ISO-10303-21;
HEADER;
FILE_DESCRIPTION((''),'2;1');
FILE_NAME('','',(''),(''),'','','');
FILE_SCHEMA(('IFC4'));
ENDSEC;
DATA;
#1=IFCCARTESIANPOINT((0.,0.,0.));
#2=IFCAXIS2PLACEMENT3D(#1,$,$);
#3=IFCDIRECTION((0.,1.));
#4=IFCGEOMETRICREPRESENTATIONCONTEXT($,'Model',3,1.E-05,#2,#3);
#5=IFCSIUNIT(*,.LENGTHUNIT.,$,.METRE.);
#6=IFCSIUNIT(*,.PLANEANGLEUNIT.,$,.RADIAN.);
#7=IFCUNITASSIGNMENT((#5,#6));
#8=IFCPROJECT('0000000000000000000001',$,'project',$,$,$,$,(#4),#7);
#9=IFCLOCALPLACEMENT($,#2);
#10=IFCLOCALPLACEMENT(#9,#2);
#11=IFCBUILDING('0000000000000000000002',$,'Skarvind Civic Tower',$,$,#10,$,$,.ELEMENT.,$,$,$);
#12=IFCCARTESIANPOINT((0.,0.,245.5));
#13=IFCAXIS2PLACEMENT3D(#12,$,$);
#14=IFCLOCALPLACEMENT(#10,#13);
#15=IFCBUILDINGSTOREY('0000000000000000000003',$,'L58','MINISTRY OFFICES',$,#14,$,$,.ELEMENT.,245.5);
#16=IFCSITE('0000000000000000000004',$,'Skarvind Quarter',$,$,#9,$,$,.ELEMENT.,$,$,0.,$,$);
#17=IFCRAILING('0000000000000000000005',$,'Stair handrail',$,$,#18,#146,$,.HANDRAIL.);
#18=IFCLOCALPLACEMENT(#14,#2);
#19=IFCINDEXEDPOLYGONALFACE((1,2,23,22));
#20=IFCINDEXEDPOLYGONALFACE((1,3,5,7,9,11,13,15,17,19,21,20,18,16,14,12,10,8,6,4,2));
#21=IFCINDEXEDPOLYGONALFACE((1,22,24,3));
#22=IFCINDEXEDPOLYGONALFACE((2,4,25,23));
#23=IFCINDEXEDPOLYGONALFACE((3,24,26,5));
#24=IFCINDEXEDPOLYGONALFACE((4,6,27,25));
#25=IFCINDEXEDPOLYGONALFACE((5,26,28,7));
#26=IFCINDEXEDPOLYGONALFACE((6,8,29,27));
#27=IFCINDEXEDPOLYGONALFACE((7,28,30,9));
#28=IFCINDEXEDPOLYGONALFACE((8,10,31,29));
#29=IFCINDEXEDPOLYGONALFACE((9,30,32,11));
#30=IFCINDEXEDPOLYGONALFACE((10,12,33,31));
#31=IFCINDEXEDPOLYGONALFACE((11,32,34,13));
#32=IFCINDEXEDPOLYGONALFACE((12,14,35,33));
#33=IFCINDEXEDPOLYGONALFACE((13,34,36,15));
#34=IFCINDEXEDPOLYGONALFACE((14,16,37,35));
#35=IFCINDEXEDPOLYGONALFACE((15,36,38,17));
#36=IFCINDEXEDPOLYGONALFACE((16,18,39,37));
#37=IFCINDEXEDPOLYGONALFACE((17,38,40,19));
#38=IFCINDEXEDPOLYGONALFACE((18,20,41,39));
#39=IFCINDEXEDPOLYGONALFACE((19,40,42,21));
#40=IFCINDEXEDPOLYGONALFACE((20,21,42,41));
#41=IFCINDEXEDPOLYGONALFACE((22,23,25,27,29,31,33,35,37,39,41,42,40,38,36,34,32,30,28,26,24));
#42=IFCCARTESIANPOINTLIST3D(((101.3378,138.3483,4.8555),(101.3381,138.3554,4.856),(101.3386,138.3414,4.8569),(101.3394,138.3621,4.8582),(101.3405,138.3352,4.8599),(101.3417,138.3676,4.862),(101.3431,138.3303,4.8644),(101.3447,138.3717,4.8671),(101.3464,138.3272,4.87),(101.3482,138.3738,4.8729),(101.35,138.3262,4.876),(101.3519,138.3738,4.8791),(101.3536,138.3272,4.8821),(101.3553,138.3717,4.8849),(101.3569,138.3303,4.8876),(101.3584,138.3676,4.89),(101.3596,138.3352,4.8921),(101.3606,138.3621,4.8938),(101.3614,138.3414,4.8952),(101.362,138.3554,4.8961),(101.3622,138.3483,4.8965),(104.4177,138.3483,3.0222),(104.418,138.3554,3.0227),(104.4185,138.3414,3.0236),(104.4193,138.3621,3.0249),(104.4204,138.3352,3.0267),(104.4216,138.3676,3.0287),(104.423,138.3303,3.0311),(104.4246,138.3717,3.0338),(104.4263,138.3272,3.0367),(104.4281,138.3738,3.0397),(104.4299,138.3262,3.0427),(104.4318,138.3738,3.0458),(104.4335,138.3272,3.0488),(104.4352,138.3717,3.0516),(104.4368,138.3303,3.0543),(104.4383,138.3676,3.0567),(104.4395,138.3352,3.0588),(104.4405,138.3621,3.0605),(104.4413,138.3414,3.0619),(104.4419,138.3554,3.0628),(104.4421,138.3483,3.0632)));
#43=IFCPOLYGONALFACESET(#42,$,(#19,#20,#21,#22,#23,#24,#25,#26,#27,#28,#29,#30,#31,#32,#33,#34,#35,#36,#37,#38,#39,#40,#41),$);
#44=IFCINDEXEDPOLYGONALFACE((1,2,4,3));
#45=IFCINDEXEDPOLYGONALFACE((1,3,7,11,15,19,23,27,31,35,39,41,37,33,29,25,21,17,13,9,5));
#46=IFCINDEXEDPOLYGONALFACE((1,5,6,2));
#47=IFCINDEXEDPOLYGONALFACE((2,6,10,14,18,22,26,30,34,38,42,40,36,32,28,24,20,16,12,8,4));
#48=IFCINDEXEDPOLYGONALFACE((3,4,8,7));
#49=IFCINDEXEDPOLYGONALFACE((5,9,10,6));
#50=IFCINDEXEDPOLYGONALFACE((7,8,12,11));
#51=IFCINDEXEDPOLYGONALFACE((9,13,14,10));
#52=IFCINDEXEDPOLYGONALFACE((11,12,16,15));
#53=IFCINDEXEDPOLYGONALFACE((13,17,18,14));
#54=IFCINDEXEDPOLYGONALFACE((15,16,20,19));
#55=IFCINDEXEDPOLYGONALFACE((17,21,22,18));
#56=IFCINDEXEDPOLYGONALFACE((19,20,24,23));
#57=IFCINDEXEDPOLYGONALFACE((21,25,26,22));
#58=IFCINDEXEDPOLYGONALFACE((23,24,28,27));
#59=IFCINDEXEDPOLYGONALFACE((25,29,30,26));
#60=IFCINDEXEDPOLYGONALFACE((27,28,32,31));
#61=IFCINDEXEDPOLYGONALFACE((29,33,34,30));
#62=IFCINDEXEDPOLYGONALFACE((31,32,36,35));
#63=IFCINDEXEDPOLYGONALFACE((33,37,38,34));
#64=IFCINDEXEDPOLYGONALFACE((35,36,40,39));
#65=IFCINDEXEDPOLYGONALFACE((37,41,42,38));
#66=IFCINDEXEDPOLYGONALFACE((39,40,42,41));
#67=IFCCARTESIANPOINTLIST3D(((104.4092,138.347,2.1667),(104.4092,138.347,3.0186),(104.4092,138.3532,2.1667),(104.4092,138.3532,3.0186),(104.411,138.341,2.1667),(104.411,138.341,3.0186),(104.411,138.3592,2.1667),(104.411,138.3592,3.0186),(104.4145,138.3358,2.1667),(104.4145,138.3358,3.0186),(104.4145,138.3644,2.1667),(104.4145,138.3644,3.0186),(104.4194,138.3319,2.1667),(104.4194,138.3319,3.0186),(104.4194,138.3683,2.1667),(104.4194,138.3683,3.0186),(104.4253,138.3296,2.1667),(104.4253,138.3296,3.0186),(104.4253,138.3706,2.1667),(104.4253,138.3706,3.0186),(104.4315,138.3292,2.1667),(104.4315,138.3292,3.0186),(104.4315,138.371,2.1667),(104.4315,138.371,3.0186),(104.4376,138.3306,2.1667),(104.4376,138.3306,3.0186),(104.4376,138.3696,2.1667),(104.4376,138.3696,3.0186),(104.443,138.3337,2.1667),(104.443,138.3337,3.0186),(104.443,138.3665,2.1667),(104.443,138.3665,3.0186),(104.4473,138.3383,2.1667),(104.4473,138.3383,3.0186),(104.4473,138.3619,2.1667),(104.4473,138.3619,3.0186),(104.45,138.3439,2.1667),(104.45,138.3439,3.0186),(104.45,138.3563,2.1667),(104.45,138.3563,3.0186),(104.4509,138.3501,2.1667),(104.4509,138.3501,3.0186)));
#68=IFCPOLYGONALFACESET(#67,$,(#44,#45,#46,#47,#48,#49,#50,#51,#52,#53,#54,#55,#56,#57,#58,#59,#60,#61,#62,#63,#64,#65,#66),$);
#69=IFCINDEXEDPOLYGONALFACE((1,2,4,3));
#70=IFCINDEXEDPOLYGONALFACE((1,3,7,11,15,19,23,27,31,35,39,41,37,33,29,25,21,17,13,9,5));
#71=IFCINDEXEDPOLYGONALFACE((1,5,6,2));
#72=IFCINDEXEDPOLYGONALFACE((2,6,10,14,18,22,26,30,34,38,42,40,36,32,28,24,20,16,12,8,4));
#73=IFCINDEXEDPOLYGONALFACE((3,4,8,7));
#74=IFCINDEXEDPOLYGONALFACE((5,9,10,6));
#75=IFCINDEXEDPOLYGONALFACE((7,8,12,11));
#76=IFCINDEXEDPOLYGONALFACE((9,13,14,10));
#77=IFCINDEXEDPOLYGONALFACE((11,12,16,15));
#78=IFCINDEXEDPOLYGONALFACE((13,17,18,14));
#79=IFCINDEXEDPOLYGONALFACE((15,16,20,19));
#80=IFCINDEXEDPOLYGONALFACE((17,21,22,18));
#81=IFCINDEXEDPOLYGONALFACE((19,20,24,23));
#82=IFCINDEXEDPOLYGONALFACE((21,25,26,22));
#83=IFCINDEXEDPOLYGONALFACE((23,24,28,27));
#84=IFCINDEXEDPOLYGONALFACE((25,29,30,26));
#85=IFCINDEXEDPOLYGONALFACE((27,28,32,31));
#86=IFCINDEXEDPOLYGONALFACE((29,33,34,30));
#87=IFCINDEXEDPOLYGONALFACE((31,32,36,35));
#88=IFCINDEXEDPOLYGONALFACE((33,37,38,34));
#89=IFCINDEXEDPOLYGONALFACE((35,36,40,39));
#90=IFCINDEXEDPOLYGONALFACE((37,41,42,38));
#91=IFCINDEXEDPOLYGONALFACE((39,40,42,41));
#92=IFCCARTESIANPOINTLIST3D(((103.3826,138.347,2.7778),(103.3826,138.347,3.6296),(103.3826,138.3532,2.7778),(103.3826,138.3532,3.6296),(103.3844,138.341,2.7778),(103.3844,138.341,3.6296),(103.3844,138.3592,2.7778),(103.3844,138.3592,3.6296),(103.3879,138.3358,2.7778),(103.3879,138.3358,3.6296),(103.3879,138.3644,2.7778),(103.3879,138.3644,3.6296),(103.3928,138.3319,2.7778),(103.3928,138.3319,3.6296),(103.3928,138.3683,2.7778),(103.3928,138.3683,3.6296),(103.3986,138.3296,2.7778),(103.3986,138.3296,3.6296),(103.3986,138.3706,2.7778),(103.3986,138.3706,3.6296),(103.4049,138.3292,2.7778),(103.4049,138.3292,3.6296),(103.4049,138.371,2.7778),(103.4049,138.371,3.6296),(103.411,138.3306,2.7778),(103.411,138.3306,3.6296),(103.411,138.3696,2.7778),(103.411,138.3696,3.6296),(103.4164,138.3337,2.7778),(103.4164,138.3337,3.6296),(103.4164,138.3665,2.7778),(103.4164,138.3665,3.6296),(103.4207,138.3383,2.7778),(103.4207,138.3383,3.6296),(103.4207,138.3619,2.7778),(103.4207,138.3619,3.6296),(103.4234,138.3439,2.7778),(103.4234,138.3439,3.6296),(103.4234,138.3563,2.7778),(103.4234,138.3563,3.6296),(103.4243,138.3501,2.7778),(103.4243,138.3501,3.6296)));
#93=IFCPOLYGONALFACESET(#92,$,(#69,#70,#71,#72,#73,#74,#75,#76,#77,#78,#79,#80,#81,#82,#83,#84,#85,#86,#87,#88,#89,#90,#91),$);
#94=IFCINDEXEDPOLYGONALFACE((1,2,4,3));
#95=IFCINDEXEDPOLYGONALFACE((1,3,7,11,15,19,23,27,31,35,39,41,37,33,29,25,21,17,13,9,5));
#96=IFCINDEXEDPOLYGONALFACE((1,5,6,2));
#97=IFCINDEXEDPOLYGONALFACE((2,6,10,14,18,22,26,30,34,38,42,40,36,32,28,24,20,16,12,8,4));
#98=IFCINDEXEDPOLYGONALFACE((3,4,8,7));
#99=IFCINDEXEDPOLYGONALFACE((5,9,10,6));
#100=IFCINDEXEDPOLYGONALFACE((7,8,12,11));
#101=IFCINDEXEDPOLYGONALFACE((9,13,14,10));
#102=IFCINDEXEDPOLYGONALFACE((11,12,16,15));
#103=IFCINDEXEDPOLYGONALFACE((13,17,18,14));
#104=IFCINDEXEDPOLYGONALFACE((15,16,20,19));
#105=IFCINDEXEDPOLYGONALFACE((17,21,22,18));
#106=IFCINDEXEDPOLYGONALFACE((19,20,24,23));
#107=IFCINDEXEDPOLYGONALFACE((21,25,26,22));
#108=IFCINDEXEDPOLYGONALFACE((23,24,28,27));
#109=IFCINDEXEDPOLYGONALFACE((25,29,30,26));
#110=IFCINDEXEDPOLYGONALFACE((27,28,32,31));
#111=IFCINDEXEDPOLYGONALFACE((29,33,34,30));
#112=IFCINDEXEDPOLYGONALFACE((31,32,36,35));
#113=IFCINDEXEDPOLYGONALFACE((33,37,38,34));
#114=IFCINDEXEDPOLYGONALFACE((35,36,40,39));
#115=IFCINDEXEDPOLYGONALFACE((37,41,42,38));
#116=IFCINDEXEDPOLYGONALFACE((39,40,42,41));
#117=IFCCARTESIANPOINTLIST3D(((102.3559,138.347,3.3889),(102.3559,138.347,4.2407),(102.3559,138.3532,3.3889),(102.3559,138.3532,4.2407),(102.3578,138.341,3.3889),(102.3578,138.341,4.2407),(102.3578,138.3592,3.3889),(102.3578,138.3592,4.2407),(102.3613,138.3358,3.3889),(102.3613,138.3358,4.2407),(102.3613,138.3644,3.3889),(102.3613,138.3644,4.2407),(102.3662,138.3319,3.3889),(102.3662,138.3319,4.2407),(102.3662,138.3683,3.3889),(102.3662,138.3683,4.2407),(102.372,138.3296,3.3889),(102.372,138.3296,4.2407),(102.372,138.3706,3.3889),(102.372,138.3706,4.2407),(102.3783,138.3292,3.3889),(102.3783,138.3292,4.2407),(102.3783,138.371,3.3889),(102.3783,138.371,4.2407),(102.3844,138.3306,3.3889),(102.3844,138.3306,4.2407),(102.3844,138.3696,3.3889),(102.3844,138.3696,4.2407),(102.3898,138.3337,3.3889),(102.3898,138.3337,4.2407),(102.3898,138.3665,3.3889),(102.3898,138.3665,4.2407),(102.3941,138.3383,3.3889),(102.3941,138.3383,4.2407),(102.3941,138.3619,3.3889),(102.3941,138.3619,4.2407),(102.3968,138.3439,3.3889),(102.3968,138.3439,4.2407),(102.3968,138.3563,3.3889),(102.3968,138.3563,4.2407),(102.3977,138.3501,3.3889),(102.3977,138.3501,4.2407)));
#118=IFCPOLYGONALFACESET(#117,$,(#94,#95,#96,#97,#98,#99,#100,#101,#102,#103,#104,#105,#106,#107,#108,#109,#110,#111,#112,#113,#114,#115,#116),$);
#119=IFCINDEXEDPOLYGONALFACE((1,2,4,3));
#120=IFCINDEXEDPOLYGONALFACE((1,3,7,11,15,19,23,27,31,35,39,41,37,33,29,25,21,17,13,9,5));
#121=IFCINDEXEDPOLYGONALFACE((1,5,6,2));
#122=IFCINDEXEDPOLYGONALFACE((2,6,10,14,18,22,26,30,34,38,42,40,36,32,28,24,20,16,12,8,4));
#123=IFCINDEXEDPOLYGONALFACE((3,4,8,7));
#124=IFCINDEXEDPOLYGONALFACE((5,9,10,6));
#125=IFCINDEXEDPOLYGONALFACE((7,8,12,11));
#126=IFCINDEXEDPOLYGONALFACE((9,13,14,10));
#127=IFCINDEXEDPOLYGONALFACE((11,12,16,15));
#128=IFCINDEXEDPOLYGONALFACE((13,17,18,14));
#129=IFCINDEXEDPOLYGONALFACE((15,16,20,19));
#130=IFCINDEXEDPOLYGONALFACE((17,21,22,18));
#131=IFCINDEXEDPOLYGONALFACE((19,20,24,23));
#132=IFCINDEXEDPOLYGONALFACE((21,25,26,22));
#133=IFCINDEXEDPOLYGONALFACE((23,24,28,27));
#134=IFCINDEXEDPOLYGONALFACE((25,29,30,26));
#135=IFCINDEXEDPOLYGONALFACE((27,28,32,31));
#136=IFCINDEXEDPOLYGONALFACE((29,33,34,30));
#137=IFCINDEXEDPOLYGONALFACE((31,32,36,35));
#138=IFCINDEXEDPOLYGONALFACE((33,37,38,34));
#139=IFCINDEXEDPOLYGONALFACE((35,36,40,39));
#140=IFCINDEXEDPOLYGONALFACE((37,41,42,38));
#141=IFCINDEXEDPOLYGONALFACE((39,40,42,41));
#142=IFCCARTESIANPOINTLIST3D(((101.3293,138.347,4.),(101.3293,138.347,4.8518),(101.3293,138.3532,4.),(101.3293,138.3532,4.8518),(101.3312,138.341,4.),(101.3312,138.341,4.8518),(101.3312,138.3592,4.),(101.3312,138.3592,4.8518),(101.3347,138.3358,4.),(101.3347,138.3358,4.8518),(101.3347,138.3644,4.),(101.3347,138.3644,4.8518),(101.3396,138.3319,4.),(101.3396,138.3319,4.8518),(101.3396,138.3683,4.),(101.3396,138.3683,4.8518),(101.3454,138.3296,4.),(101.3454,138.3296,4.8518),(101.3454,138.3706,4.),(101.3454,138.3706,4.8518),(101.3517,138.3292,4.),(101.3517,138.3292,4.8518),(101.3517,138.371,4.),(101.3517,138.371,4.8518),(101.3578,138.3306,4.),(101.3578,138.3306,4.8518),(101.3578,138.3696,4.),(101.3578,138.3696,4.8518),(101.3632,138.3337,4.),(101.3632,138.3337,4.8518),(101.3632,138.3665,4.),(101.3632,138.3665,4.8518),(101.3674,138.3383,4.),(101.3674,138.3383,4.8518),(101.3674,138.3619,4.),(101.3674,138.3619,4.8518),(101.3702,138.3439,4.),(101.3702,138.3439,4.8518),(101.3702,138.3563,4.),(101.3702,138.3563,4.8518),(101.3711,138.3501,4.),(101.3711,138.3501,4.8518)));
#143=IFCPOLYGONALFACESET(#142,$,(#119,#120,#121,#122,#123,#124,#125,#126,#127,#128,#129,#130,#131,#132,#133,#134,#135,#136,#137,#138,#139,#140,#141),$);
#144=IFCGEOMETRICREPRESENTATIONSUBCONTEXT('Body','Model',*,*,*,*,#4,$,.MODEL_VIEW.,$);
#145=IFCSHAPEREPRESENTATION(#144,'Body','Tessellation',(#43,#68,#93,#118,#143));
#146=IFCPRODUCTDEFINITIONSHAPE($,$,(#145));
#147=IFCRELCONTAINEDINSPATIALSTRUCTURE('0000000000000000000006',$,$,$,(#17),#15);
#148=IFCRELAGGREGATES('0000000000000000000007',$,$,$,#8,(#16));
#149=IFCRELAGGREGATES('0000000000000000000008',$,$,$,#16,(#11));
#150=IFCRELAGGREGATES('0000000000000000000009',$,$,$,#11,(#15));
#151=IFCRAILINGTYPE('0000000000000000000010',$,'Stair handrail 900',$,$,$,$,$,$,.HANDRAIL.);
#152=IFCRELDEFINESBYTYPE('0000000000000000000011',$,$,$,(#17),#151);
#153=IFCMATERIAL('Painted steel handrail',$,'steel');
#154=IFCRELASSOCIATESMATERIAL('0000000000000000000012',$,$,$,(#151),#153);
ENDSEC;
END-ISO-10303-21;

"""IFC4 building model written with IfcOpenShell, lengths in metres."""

from ifc_helpers import new_model, si_unit, direction, frame, origin, origin_2d, place, context, subcontext, project, spatial, circle, extrude, material, type_object, element, save


model = new_model("IFC4")

# Units and contexts
model_context = context("Model", 3, precision=1e-05, world=origin(), true_north=direction((0.0, 1.0)))
body_context = subcontext(model_context, "Body", "Model", "MODEL_VIEW")
ifc_project = project(units=[si_unit("LENGTHUNIT", "METRE"), si_unit("PLANEANGLEUNIT", "RADIAN")], contexts=[model_context])

# Site, building, storey
site_placement = place(None, origin())
site = spatial("IfcSite", under=ifc_project, at=site_placement, Name="Skarvind Quarter", CompositionType="ELEMENT", RefElevation=0.0)
building_placement = place(site_placement, origin())
building = spatial("IfcBuilding", under=site, at=building_placement, Name="Skarvind Civic Tower", CompositionType="ELEMENT")
storey_placement = place(building_placement, frame((0.0, 0.0, 245.5)))
storey = spatial("IfcBuildingStorey", under=building, at=storey_placement, Name="L58", Description="MINISTRY OFFICES", CompositionType="ELEMENT", Elevation=245.5)

# Railing
ifc_material_1 = material(Name="Painted steel handrail", Category="steel")
railing_type = type_object("IfcRailingType", Name="Stair handrail 900", PredefinedType="HANDRAIL", material=ifc_material_1)
railing_1_placement = place(storey_placement, frame((104.4299, 138.3501, 2.1667)))
element("IfcRailing", 1, at=railing_1_placement, inside=storey, type_object=railing_type, Name="Stair handrail", PredefinedType="HANDRAIL", context=body_context, shape_type="SweptSolid", body=[
    extrude(circle(Radius=0.0239, at=origin_2d()), frame((0.0, 0.0, 0.876), z_axis=(-0.859291, 0.0, 0.511487), x_axis=(0.0, -1.0, 0.0)), (0.0, 0.0, 1.0), 3.5842),
    extrude(circle(Radius=0.021, at=origin_2d()), origin(), (0.0, 0.0, 1.0), 0.8518),
    extrude(circle(Radius=0.021, at=origin_2d()), frame((-1.0266, 0.0, 0.6111)), (0.0, 0.0, 1.0), 0.8518),
    extrude(circle(Radius=0.021, at=origin_2d()), frame((-2.0532, 0.0, 1.2222)), (0.0, 0.0, 1.0), 0.8518),
    extrude(circle(Radius=0.021, at=origin_2d()), frame((-3.0798, 0.0, 1.8333)), (0.0, 0.0, 1.0), 0.8518),
])

save(model, "model.ifc")
